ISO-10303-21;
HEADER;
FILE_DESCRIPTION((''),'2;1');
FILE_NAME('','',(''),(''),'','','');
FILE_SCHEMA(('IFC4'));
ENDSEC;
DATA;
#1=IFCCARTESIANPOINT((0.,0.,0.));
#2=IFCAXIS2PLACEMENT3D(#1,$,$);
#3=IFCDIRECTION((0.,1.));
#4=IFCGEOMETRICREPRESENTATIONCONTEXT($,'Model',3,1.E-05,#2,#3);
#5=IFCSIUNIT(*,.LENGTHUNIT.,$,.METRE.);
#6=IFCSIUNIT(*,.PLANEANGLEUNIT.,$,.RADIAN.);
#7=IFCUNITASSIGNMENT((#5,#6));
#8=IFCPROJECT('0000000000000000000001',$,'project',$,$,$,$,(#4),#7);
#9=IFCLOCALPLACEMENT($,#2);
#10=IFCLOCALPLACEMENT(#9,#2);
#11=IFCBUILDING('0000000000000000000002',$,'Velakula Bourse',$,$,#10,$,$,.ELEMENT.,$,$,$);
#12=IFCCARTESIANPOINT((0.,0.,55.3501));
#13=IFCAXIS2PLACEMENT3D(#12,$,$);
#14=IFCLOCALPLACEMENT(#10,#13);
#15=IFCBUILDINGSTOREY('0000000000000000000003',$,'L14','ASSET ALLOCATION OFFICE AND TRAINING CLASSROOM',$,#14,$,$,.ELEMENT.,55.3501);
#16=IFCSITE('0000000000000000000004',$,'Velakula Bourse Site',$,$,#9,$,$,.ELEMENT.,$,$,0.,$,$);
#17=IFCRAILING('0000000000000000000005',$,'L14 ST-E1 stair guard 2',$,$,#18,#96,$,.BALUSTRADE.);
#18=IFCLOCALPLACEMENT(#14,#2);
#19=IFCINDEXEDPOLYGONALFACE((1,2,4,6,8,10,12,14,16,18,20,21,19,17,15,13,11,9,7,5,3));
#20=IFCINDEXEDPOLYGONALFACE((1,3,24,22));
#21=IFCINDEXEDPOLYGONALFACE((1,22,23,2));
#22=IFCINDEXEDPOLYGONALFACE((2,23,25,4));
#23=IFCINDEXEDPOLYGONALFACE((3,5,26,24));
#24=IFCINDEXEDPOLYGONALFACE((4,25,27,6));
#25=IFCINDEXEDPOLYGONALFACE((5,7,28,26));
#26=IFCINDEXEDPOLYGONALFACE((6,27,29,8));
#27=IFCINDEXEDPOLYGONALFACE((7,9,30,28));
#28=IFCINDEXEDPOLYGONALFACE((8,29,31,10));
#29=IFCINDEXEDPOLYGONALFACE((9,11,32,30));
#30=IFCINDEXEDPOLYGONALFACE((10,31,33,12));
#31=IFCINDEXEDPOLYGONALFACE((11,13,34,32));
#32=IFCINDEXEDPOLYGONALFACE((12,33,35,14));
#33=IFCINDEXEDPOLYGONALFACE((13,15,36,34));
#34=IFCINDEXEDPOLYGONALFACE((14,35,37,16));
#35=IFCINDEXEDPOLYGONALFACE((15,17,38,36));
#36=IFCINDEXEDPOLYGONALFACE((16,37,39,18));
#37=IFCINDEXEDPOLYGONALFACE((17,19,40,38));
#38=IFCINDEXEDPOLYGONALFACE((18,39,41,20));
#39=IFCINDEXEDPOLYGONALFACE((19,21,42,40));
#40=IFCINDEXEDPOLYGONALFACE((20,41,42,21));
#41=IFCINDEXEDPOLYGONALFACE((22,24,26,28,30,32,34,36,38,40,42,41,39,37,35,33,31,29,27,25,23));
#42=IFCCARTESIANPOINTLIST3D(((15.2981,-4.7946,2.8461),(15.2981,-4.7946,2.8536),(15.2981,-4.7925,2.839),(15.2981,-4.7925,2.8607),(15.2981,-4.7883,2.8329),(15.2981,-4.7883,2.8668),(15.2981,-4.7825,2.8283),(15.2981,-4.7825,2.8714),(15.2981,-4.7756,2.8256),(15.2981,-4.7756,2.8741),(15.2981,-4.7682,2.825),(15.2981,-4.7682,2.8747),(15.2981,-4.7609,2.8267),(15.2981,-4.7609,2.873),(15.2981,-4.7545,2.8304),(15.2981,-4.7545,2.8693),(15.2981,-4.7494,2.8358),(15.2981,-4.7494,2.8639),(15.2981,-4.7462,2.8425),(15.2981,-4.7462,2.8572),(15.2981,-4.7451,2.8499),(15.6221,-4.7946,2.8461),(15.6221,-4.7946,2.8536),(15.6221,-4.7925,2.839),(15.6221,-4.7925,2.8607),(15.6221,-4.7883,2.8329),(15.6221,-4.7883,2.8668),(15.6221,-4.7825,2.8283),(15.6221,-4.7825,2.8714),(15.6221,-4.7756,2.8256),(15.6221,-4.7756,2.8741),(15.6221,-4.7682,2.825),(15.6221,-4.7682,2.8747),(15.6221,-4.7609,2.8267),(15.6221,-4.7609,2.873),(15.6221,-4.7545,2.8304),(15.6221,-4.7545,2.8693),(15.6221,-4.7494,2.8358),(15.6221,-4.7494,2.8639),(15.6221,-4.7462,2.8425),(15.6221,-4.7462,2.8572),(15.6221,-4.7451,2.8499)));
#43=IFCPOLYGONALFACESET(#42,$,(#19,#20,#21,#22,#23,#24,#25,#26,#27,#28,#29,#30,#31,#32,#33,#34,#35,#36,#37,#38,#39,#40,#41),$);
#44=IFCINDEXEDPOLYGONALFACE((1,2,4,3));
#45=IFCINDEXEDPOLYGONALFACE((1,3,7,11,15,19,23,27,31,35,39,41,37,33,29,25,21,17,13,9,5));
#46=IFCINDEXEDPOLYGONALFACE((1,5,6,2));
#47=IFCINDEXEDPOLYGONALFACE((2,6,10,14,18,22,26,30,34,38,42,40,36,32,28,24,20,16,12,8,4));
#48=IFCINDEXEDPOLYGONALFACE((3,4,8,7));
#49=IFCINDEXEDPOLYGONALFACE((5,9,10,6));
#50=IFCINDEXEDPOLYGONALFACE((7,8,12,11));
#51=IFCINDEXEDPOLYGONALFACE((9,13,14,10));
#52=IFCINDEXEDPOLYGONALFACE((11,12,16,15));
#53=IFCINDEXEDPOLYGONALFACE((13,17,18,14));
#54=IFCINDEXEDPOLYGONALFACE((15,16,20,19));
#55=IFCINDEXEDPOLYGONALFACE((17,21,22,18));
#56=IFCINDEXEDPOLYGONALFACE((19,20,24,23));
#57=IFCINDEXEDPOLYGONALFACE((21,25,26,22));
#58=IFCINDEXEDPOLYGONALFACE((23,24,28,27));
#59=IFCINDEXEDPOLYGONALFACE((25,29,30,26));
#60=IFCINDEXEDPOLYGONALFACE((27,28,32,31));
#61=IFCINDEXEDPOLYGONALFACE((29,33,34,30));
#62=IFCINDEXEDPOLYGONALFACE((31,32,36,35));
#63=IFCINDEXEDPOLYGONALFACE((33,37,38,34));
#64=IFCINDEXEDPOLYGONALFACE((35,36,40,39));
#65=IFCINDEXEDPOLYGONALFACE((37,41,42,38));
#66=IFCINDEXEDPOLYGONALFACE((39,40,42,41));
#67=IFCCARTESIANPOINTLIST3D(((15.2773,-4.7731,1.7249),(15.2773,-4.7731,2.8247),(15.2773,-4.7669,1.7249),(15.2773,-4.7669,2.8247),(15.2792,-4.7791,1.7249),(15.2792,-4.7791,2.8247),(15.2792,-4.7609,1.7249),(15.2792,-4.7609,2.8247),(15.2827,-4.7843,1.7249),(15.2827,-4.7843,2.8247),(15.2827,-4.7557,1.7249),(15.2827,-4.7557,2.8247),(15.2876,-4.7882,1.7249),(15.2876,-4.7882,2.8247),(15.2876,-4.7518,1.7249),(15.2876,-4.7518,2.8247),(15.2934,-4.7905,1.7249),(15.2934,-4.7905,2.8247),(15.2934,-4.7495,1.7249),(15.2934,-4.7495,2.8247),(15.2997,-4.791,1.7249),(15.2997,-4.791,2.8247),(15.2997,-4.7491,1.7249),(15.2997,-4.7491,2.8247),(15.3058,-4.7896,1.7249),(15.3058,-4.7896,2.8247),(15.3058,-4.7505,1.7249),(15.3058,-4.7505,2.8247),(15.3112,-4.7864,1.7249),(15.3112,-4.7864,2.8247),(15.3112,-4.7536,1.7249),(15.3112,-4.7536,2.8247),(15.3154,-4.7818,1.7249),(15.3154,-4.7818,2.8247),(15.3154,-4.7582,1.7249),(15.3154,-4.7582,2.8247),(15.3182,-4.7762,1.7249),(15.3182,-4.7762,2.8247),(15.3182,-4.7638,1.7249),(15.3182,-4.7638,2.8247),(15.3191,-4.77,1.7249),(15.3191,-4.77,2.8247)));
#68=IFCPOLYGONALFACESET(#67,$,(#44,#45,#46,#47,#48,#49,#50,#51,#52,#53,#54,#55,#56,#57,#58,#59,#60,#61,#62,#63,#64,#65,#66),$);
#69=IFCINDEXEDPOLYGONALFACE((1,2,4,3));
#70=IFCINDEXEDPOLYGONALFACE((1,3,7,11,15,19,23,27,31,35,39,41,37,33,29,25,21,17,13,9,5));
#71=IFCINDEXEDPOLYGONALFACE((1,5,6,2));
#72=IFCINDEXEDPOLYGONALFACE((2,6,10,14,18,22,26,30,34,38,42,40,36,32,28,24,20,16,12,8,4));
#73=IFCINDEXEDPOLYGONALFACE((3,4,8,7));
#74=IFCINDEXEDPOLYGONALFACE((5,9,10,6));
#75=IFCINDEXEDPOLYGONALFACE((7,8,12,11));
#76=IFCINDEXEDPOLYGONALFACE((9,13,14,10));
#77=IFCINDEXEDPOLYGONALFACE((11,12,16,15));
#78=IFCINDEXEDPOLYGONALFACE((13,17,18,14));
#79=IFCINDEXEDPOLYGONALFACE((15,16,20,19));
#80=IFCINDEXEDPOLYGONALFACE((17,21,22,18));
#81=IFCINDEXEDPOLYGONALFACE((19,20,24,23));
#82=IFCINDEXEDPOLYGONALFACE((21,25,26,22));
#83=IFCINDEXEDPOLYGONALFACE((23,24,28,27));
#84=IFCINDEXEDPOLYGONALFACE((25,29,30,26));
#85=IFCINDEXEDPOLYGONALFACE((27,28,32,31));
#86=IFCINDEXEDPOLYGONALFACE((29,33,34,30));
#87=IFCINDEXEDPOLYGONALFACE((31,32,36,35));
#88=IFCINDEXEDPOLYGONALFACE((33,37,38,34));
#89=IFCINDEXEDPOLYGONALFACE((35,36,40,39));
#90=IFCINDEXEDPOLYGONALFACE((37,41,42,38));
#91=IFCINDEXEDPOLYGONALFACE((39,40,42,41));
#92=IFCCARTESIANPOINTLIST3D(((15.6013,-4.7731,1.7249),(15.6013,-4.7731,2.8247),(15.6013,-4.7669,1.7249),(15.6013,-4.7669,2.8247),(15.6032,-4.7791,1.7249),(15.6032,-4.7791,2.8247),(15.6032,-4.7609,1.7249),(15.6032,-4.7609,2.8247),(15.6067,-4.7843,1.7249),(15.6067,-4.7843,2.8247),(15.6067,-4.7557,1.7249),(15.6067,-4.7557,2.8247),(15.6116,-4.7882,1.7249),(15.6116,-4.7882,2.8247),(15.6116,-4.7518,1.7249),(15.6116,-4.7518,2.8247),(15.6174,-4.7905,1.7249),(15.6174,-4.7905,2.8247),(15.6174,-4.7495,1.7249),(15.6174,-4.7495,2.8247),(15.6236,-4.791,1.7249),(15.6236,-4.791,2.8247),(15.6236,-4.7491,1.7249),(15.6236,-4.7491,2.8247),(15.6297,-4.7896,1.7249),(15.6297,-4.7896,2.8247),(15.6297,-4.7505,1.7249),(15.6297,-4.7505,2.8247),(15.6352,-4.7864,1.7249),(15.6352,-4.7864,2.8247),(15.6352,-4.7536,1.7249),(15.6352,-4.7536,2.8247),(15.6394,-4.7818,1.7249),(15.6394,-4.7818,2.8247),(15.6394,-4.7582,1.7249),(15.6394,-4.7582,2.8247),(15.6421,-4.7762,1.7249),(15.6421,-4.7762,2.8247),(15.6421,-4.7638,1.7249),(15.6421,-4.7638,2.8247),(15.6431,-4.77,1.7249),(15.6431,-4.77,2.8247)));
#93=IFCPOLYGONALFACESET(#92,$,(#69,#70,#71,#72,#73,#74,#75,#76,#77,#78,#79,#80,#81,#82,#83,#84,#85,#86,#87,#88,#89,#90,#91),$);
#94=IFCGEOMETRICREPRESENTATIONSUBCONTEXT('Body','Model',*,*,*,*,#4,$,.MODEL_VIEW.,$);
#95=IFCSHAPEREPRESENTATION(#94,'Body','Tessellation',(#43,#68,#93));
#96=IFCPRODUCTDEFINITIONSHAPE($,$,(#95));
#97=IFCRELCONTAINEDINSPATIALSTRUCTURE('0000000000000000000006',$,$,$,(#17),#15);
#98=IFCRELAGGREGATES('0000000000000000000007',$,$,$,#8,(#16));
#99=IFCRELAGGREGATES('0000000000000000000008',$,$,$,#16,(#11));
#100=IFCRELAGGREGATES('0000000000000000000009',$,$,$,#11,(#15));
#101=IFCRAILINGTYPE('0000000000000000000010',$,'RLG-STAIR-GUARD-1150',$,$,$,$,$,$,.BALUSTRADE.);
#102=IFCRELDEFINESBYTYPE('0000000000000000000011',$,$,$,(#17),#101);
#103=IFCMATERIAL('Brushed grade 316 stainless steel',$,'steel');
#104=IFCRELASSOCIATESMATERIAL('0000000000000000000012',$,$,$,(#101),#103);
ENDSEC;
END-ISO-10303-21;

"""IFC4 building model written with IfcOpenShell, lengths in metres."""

from ifc_helpers import new_model, si_unit, direction, frame, origin, origin_2d, place, context, subcontext, project, spatial, circle, extrude, material, type_object, element, save


model = new_model("IFC4")

# Units and contexts
model_context = context("Model", 3, precision=1e-05, world=origin(), true_north=direction((0.0, 1.0)))
body_context = subcontext(model_context, "Body", "Model", "MODEL_VIEW")
ifc_project = project(units=[si_unit("LENGTHUNIT", "METRE"), si_unit("PLANEANGLEUNIT", "RADIAN")], contexts=[model_context])

# Site, building, storey
site_placement = place(None, origin())
site = spatial("IfcSite", under=ifc_project, at=site_placement, Name="Velakula Bourse Site", CompositionType="ELEMENT", RefElevation=0.0)
building_placement = place(site_placement, origin())
building = spatial("IfcBuilding", under=site, at=building_placement, Name="Velakula Bourse", CompositionType="ELEMENT")
storey_placement = place(building_placement, frame((0.0, 0.0, 55.3501)))
storey = spatial("IfcBuildingStorey", under=building, at=storey_placement, Name="L14", Description="ASSET ALLOCATION OFFICE AND TRAINING CLASSROOM", CompositionType="ELEMENT", Elevation=55.3501)

# Shared definitions
ifc_material_1 = material(Name="Brushed grade 316 stainless steel", Category="steel")

# Railing
railing_type_1 = type_object("IfcRailingType", Name="RLG-STAIR-GUARD-1150", PredefinedType="BALUSTRADE", material=ifc_material_1)
railing_1_placement = place(storey_placement, frame((15.2981, -4.77, 1.7249)))
element("IfcRailing", 1, at=railing_1_placement, inside=storey, type_object=railing_type_1, Name="L14 ST-E1 stair guard 2", PredefinedType="BALUSTRADE", context=body_context, shape_type="SweptSolid", body=[
    extrude(circle(Radius=0.0249, at=origin_2d()), frame((0.0, 0.0, 1.125), z_axis=(1.0, 0.0, 0.0), x_axis=(0.0, 1.0, 0.0)), (0.0, 0.0, 1.0), 0.324),
    extrude(circle(Radius=0.021, at=origin_2d()), origin(), (0.0, 0.0, 1.0), 1.0999),
    extrude(circle(Radius=0.021, at=origin_2d()), frame((0.324, 0.0, 0.0)), (0.0, 0.0, 1.0), 1.0999),
])

save(model, "model.ifc")
